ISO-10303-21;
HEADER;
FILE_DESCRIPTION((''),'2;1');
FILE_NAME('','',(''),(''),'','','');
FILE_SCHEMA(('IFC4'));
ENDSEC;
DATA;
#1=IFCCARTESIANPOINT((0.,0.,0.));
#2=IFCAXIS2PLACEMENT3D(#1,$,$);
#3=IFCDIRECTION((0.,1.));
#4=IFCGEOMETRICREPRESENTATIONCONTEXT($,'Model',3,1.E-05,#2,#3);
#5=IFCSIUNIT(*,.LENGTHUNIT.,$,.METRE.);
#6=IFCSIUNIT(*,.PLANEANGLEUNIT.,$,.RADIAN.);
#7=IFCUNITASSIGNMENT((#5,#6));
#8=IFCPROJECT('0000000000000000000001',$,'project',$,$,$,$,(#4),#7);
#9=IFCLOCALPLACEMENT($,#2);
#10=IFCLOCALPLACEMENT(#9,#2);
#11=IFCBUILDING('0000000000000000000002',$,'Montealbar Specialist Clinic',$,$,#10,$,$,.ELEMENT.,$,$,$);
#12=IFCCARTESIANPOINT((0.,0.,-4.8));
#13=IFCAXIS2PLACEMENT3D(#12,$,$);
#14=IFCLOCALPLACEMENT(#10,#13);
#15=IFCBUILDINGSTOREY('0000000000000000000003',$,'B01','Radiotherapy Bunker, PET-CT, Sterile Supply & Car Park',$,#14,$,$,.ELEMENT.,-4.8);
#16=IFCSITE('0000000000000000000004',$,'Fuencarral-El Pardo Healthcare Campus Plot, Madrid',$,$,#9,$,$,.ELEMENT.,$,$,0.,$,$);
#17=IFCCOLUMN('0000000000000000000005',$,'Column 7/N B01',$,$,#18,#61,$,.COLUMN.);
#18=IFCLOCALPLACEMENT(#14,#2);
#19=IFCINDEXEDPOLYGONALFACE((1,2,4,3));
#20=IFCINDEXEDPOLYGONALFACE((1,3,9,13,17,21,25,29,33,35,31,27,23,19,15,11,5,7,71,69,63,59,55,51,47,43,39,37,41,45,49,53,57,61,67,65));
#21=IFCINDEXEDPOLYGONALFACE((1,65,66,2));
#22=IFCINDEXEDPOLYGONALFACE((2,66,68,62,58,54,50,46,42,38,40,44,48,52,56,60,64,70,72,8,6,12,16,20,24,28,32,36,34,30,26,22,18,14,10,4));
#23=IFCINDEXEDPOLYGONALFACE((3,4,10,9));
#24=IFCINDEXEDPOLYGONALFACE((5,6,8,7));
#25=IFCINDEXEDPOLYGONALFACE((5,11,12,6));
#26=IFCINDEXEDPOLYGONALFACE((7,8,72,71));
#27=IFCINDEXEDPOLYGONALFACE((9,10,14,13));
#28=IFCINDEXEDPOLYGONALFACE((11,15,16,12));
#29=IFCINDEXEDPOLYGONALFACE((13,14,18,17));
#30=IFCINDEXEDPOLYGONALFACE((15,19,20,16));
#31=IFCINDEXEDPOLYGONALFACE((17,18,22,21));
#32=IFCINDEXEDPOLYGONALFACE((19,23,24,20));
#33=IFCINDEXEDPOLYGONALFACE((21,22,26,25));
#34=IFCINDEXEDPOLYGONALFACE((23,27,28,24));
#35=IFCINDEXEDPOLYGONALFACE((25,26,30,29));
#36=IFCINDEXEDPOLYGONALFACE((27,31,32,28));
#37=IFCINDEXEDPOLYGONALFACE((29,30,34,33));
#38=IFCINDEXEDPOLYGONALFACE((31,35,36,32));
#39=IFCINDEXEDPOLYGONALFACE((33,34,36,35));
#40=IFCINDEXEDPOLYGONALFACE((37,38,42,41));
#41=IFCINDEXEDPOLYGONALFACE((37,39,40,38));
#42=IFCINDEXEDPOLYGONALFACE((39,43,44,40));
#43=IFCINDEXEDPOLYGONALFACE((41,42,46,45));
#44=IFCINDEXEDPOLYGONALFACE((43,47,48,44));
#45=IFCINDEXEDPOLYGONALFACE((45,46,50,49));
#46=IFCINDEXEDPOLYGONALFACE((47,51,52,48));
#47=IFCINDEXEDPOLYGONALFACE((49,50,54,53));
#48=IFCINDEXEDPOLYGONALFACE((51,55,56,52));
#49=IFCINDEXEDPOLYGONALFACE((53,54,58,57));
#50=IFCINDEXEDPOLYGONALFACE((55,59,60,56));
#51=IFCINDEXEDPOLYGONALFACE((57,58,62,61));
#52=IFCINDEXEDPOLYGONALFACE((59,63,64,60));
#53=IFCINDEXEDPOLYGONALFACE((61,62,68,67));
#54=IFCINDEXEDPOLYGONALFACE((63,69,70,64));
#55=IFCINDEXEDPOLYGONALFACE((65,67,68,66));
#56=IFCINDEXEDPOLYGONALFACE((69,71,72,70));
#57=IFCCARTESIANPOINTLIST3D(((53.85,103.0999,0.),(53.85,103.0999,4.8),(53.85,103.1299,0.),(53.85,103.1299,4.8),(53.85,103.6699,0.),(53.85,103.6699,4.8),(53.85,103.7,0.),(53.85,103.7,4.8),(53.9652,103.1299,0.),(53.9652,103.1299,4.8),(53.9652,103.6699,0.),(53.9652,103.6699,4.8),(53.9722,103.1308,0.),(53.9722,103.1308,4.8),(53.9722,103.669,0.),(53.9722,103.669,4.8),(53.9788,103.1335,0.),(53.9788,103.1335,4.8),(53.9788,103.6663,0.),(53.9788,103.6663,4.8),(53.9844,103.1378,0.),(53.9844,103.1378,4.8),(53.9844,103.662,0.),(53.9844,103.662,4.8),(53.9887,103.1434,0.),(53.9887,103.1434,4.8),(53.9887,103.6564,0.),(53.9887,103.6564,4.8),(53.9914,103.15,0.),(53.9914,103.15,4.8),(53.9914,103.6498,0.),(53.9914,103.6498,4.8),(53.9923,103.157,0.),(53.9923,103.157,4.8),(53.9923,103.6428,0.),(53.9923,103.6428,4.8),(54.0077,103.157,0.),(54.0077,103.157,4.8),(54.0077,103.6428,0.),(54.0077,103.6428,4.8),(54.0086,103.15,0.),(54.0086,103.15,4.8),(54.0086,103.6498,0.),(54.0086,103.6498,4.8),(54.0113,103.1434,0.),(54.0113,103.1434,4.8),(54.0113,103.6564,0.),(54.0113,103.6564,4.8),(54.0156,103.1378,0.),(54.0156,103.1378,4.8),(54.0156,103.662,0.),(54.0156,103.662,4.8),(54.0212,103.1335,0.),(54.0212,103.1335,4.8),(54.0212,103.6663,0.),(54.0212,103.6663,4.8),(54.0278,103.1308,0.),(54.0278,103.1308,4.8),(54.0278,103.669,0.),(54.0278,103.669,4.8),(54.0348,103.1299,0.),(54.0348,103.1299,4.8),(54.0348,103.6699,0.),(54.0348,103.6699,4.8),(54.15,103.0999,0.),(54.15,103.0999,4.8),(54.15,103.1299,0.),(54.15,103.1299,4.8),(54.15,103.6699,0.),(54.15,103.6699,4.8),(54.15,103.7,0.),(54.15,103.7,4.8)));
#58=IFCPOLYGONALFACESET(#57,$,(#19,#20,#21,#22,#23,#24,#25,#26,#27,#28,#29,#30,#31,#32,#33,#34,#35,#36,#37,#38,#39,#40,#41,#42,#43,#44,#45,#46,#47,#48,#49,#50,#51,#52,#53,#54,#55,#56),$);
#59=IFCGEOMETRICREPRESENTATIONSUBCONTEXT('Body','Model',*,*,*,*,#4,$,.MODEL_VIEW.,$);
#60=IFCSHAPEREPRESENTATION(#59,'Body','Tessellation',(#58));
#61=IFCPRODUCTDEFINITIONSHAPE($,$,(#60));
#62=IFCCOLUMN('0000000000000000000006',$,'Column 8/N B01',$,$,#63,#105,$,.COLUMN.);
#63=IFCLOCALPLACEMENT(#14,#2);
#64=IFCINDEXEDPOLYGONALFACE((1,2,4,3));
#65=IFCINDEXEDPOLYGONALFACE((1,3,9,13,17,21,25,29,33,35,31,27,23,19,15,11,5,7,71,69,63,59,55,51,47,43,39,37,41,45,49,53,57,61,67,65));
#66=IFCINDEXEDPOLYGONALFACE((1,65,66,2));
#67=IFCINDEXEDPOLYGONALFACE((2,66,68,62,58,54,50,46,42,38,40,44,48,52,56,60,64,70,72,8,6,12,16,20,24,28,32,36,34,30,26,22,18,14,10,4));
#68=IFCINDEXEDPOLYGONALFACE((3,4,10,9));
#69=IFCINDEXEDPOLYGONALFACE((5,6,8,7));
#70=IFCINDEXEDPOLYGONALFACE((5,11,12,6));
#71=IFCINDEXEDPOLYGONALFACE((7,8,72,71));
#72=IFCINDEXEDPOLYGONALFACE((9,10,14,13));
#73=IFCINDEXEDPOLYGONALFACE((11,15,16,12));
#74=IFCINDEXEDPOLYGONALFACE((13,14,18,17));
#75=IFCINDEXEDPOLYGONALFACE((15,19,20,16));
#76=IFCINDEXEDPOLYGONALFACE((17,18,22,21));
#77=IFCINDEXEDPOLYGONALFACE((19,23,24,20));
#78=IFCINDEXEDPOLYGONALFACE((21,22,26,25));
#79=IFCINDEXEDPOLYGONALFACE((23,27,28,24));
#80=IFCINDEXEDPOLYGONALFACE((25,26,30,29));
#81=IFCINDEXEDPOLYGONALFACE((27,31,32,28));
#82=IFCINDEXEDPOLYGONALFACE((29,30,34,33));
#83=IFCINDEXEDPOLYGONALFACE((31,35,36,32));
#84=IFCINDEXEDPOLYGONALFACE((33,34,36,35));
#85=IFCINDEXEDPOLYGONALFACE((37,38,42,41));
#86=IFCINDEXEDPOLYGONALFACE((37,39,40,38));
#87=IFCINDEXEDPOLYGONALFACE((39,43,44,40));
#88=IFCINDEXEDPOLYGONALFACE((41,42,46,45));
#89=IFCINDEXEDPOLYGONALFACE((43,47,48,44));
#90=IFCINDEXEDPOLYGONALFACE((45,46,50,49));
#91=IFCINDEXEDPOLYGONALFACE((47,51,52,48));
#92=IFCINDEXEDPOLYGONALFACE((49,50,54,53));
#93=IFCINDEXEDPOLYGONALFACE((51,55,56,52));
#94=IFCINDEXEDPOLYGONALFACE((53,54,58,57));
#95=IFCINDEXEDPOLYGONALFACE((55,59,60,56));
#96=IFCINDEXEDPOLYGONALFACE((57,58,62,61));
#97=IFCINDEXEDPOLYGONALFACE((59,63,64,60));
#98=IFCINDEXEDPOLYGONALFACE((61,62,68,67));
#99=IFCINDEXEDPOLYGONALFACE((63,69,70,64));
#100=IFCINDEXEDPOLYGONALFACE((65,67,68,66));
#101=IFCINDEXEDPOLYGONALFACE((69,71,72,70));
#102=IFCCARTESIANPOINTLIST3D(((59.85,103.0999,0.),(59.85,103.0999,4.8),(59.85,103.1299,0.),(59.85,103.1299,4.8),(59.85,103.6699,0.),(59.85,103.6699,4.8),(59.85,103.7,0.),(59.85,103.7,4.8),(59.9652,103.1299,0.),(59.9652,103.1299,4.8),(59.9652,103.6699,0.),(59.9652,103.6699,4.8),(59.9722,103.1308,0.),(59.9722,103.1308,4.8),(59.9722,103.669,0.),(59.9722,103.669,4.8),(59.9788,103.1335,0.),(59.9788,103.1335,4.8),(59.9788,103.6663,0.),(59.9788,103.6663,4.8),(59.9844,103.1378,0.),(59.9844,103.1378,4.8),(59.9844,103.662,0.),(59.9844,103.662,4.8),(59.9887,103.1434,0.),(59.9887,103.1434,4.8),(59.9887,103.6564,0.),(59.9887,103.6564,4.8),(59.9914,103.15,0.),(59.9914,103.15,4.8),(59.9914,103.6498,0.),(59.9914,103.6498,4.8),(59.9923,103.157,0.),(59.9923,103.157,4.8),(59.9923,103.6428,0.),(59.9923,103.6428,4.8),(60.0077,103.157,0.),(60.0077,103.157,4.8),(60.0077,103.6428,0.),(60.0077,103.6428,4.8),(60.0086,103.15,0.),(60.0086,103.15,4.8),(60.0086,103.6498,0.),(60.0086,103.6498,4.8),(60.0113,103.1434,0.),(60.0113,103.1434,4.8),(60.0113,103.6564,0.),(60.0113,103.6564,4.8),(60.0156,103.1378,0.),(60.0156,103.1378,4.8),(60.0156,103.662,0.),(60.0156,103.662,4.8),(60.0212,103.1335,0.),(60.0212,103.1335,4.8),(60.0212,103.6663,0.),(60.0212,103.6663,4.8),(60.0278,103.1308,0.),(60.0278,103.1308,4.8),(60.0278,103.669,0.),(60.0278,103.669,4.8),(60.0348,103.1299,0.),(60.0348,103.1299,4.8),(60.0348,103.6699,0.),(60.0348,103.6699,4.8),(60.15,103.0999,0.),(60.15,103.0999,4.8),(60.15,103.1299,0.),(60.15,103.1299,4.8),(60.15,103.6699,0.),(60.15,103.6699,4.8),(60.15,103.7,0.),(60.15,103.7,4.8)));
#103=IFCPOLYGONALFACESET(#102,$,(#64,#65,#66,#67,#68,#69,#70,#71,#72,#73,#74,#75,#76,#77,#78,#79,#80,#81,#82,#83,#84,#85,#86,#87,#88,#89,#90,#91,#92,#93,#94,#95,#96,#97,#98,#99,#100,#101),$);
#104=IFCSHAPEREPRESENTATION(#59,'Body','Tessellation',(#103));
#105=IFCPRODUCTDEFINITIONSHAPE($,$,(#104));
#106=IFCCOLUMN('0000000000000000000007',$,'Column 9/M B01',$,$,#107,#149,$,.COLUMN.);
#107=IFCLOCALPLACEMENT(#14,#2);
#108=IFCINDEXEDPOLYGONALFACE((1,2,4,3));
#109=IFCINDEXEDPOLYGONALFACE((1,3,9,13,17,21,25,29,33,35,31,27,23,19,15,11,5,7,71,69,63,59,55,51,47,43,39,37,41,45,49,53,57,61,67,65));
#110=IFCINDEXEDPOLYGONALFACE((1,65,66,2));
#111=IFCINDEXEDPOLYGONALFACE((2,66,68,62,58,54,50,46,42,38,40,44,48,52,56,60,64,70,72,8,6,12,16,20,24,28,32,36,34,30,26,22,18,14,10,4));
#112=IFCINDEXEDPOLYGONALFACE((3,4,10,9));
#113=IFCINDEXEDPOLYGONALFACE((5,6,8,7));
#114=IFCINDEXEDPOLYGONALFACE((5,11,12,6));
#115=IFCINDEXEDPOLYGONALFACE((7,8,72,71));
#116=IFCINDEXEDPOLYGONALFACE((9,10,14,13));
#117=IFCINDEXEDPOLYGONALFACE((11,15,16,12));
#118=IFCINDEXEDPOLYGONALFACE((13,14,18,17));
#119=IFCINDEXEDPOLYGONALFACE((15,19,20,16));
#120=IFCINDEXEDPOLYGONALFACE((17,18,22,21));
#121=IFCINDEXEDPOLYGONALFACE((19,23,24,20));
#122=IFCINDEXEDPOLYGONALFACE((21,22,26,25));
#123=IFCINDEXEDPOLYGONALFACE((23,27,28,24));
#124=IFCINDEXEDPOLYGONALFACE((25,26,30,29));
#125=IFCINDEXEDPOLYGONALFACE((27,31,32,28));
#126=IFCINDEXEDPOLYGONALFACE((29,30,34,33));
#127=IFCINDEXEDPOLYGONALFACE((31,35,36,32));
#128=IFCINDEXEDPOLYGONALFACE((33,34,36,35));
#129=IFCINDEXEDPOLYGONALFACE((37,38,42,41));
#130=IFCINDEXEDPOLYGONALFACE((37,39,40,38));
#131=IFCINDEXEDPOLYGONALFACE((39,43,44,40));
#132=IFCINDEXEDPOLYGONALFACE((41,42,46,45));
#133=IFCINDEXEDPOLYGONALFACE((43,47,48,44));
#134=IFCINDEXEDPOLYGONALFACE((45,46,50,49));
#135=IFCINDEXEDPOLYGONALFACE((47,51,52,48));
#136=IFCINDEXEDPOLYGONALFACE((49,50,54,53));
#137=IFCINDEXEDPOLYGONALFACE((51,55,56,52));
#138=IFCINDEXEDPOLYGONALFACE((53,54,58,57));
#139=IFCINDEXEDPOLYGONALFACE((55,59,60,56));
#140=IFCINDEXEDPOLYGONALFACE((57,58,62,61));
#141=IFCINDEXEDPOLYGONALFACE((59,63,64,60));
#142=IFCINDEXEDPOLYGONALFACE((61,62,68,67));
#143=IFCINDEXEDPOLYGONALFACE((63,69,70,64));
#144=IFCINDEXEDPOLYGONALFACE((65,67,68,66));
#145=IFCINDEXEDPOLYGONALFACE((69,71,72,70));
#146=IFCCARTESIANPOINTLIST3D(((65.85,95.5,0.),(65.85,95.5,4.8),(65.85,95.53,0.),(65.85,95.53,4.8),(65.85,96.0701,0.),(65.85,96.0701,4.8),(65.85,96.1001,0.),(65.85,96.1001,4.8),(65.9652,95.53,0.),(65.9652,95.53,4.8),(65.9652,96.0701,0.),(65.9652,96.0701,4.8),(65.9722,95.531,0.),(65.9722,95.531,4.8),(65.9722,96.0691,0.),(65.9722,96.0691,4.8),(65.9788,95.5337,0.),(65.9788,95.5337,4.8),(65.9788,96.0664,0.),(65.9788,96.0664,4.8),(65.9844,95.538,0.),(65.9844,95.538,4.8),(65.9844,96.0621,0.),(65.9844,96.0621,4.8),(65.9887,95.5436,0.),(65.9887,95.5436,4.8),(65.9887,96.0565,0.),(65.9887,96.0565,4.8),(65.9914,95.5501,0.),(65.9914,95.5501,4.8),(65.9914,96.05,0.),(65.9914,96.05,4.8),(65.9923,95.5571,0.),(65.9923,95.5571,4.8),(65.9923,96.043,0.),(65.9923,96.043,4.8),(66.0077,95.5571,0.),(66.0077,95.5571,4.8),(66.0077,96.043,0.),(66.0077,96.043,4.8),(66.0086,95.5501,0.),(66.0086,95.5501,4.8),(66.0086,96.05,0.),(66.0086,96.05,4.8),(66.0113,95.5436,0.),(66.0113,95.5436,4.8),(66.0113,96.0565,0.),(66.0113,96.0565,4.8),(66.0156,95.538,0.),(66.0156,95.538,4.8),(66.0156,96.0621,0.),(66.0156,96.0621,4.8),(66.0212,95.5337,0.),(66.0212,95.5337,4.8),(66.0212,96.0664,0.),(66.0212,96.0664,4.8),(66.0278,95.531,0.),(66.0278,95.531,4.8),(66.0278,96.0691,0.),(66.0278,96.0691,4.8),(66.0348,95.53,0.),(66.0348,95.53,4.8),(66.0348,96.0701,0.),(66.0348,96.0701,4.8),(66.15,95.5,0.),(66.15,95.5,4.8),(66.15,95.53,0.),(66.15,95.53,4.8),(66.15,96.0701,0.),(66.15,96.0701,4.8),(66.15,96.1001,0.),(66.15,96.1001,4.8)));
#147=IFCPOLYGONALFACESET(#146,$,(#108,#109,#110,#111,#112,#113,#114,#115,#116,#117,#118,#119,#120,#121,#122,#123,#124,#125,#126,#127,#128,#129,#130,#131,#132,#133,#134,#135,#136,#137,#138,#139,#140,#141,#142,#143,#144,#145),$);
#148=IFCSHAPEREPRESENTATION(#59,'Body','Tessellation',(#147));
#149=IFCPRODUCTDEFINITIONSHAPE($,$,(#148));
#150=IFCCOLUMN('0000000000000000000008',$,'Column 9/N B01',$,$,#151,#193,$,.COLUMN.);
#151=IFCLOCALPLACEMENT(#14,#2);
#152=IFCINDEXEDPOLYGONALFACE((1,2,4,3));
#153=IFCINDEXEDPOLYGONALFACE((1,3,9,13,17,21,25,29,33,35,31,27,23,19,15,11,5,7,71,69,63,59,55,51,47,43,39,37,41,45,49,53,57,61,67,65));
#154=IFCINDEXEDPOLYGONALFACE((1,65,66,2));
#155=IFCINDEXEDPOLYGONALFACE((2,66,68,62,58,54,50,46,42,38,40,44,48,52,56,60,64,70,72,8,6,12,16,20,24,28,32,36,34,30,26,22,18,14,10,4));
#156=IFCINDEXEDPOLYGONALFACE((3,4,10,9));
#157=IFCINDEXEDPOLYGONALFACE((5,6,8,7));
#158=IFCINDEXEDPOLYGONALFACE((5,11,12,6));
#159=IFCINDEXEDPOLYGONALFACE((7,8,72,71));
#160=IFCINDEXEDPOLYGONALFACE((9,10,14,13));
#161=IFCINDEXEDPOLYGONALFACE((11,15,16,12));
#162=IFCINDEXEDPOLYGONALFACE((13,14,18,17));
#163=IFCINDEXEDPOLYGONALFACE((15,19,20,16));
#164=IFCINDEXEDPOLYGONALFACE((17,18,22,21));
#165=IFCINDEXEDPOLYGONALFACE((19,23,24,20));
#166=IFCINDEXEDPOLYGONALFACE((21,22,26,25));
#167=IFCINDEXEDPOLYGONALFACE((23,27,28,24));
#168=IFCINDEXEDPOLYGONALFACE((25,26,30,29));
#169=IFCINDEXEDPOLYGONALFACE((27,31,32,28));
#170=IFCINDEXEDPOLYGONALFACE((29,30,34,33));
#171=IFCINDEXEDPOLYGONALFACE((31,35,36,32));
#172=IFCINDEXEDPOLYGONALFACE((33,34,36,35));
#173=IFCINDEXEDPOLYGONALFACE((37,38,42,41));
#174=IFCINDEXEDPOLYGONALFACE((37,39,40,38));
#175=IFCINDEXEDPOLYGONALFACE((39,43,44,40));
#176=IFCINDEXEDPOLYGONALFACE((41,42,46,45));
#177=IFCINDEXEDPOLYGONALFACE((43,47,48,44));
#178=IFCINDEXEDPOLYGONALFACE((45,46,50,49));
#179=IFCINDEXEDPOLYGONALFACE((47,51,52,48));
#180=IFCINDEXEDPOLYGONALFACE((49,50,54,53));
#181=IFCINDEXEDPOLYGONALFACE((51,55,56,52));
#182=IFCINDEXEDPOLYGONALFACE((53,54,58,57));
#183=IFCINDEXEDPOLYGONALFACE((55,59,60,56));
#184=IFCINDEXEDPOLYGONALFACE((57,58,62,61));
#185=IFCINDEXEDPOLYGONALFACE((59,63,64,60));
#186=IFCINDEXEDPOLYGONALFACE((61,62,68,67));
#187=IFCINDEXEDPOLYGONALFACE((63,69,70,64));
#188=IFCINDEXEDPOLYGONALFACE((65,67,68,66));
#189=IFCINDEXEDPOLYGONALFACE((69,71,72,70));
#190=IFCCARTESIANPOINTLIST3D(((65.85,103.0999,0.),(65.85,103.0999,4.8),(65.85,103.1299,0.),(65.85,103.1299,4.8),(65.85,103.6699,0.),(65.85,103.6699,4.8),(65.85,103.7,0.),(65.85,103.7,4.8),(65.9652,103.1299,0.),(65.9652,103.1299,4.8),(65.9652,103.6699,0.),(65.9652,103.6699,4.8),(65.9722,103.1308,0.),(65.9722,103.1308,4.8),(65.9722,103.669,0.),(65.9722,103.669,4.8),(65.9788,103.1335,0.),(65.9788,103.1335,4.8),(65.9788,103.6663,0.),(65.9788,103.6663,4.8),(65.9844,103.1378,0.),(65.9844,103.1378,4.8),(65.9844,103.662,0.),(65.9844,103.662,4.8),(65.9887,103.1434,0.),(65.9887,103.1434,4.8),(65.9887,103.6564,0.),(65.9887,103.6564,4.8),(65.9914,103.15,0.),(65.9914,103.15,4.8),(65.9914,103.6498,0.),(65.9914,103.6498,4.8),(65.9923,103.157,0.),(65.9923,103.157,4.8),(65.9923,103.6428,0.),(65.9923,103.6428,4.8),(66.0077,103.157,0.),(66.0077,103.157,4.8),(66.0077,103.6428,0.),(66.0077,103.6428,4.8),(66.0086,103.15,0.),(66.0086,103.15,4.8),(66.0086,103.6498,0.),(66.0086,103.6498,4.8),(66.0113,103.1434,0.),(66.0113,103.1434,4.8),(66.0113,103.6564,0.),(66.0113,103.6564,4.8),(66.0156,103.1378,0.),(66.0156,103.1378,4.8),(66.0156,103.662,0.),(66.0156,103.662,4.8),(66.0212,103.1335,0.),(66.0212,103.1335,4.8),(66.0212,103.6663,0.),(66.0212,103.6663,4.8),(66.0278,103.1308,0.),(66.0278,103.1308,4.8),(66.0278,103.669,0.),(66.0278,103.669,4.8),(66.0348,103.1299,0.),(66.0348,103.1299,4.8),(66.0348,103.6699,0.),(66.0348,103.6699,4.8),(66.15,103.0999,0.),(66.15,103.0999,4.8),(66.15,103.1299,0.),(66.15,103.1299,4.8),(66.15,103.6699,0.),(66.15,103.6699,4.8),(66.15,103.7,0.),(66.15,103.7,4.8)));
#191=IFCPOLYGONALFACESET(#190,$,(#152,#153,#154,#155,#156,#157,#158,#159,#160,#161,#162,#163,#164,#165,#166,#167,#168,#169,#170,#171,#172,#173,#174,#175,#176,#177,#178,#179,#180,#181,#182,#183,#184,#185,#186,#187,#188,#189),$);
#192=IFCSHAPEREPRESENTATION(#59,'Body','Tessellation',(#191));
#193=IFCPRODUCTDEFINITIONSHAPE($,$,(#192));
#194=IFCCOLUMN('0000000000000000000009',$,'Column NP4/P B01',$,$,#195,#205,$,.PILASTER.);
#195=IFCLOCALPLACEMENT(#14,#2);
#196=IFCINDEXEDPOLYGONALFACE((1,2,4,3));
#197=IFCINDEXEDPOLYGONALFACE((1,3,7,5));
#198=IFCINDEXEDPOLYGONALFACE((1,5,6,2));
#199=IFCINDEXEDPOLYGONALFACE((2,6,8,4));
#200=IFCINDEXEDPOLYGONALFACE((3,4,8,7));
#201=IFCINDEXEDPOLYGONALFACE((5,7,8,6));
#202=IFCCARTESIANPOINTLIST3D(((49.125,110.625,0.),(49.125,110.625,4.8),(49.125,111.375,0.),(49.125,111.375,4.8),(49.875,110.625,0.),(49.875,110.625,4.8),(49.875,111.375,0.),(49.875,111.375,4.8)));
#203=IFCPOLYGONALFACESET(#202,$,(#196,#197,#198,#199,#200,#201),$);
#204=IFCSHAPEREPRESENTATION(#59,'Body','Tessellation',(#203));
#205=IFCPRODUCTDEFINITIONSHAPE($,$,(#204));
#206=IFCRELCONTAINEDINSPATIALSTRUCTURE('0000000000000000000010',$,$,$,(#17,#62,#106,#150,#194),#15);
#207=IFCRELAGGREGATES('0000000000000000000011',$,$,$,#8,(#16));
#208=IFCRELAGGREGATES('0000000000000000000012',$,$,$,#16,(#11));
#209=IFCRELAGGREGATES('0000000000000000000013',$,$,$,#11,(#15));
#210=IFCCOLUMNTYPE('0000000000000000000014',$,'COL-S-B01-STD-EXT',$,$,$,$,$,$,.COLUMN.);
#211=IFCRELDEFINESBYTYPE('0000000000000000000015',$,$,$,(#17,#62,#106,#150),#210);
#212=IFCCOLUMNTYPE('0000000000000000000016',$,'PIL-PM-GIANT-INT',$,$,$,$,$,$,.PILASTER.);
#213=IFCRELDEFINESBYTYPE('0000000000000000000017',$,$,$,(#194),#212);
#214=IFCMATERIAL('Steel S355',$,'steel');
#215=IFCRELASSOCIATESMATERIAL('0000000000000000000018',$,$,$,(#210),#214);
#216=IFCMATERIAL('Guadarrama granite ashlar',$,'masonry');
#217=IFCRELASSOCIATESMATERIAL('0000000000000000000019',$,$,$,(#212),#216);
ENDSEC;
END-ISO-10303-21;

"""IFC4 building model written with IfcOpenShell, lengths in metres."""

from ifc_helpers import new_model, si_unit, direction, frame, origin, origin_2d, place, context, subcontext, project, spatial, rectangle, i_section, extrude, material, material_profile, profile_set, type_object, element, save


model = new_model("IFC4")

# Units and contexts
model_context = context("Model", 3, precision=1e-05, world=origin(), true_north=direction((0.0, 1.0)))
body_context = subcontext(model_context, "Body", "Model", "MODEL_VIEW")
ifc_project = project(units=[si_unit("LENGTHUNIT", "METRE"), si_unit("PLANEANGLEUNIT", "RADIAN")], contexts=[model_context])

# Site, building, storey
site_placement = place(None, origin())
site = spatial("IfcSite", under=ifc_project, at=site_placement, Name="Fuencarral-El Pardo Healthcare Campus Plot, Madrid", CompositionType="ELEMENT", RefElevation=0.0)
building_placement = place(site_placement, origin())
building = spatial("IfcBuilding", under=site, at=building_placement, Name="Montealbar Specialist Clinic", CompositionType="ELEMENT")
storey_placement = place(building_placement, frame((0.0, 0.0, -4.8)))
storey = spatial("IfcBuildingStorey", under=building, at=storey_placement, Name="B01", Description="Radiotherapy Bunker, PET-CT, Sterile Supply & Car Park", CompositionType="ELEMENT", Elevation=-4.8)

# Columns
ifc_material_1 = material(Name="Steel S355", Category="steel")
ifc_material_profile_1 = material_profile(ifc_material_1, i_section(OverallWidth=0.3, OverallDepth=0.6001, WebThickness=0.0154, FlangeThickness=0.03, FilletRadius=0.0271, at=origin_2d()), Name="HEB 600", Category="steel")
ifc_profile_set_1 = profile_set([ifc_material_profile_1], Name="Steel S355")
column_type_1 = type_object("IfcColumnType", Name="COL-S-B01-STD-EXT", PredefinedType="COLUMN", material=ifc_profile_set_1)
for number, where, z_axis, x_axis, name in (
    (1, (54.0, 103.3999, 0.0), (0.0, 0.0, 1.0), (1.0, 0.0, 0.0), "Column 7/N B01"),
    (2, (60.0, 103.3999, 0.0), (0.0, 0.0, 1.0), (1.0, 0.0, 0.0), "Column 8/N B01"),
    (3, (66.0, 95.8, 0.0), (0.0, 0.0, 1.0), (1.0, 0.0, 0.0), "Column 9/M B01"),
    (4, (66.0, 103.3999, 0.0), (0.0, 0.0, 1.0), (1.0, 0.0, 0.0), "Column 9/N B01"),
):
    element("IfcColumn", number, at=place(storey_placement, frame(where, z_axis=z_axis, x_axis=x_axis)), inside=storey, type_object=column_type_1, Name=name, PredefinedType="COLUMN", context=body_context, shape_type="SweptSolid", body=[
        extrude(i_section(OverallWidth=0.3, OverallDepth=0.6001, WebThickness=0.0154, FlangeThickness=0.03, FilletRadius=0.0271, at=origin_2d()), origin(), (0.0, 0.0, 1.0), 4.8),
    ])
ifc_material_2 = material(Name="Guadarrama granite ashlar", Category="masonry")
ifc_material_profile_2 = material_profile(ifc_material_2, rectangle(XDim=0.75, YDim=0.75, at=origin_2d()), Name="GRANITE PILASTER 750x750", Category="masonry")
ifc_profile_set_2 = profile_set([ifc_material_profile_2], Name="Guadarrama granite ashlar")
column_type_2 = type_object("IfcColumnType", Name="PIL-PM-GIANT-INT", PredefinedType="PILASTER", material=ifc_profile_set_2)
for number, where, z_axis, x_axis, name in (
    (5, (49.5, 111.0, 0.0), (0.0, 0.0, 1.0), (1.0, 0.0, 0.0), "Column NP4/P B01"),
):
    element("IfcColumn", number, at=place(storey_placement, frame(where, z_axis=z_axis, x_axis=x_axis)), inside=storey, type_object=column_type_2, Name=name, PredefinedType="PILASTER", context=body_context, shape_type="SweptSolid", body=[
        extrude(rectangle(XDim=0.75, YDim=0.75, at=origin_2d()), origin(), (0.0, 0.0, 1.0), 4.8),
    ])

save(model, "model.ifc")
